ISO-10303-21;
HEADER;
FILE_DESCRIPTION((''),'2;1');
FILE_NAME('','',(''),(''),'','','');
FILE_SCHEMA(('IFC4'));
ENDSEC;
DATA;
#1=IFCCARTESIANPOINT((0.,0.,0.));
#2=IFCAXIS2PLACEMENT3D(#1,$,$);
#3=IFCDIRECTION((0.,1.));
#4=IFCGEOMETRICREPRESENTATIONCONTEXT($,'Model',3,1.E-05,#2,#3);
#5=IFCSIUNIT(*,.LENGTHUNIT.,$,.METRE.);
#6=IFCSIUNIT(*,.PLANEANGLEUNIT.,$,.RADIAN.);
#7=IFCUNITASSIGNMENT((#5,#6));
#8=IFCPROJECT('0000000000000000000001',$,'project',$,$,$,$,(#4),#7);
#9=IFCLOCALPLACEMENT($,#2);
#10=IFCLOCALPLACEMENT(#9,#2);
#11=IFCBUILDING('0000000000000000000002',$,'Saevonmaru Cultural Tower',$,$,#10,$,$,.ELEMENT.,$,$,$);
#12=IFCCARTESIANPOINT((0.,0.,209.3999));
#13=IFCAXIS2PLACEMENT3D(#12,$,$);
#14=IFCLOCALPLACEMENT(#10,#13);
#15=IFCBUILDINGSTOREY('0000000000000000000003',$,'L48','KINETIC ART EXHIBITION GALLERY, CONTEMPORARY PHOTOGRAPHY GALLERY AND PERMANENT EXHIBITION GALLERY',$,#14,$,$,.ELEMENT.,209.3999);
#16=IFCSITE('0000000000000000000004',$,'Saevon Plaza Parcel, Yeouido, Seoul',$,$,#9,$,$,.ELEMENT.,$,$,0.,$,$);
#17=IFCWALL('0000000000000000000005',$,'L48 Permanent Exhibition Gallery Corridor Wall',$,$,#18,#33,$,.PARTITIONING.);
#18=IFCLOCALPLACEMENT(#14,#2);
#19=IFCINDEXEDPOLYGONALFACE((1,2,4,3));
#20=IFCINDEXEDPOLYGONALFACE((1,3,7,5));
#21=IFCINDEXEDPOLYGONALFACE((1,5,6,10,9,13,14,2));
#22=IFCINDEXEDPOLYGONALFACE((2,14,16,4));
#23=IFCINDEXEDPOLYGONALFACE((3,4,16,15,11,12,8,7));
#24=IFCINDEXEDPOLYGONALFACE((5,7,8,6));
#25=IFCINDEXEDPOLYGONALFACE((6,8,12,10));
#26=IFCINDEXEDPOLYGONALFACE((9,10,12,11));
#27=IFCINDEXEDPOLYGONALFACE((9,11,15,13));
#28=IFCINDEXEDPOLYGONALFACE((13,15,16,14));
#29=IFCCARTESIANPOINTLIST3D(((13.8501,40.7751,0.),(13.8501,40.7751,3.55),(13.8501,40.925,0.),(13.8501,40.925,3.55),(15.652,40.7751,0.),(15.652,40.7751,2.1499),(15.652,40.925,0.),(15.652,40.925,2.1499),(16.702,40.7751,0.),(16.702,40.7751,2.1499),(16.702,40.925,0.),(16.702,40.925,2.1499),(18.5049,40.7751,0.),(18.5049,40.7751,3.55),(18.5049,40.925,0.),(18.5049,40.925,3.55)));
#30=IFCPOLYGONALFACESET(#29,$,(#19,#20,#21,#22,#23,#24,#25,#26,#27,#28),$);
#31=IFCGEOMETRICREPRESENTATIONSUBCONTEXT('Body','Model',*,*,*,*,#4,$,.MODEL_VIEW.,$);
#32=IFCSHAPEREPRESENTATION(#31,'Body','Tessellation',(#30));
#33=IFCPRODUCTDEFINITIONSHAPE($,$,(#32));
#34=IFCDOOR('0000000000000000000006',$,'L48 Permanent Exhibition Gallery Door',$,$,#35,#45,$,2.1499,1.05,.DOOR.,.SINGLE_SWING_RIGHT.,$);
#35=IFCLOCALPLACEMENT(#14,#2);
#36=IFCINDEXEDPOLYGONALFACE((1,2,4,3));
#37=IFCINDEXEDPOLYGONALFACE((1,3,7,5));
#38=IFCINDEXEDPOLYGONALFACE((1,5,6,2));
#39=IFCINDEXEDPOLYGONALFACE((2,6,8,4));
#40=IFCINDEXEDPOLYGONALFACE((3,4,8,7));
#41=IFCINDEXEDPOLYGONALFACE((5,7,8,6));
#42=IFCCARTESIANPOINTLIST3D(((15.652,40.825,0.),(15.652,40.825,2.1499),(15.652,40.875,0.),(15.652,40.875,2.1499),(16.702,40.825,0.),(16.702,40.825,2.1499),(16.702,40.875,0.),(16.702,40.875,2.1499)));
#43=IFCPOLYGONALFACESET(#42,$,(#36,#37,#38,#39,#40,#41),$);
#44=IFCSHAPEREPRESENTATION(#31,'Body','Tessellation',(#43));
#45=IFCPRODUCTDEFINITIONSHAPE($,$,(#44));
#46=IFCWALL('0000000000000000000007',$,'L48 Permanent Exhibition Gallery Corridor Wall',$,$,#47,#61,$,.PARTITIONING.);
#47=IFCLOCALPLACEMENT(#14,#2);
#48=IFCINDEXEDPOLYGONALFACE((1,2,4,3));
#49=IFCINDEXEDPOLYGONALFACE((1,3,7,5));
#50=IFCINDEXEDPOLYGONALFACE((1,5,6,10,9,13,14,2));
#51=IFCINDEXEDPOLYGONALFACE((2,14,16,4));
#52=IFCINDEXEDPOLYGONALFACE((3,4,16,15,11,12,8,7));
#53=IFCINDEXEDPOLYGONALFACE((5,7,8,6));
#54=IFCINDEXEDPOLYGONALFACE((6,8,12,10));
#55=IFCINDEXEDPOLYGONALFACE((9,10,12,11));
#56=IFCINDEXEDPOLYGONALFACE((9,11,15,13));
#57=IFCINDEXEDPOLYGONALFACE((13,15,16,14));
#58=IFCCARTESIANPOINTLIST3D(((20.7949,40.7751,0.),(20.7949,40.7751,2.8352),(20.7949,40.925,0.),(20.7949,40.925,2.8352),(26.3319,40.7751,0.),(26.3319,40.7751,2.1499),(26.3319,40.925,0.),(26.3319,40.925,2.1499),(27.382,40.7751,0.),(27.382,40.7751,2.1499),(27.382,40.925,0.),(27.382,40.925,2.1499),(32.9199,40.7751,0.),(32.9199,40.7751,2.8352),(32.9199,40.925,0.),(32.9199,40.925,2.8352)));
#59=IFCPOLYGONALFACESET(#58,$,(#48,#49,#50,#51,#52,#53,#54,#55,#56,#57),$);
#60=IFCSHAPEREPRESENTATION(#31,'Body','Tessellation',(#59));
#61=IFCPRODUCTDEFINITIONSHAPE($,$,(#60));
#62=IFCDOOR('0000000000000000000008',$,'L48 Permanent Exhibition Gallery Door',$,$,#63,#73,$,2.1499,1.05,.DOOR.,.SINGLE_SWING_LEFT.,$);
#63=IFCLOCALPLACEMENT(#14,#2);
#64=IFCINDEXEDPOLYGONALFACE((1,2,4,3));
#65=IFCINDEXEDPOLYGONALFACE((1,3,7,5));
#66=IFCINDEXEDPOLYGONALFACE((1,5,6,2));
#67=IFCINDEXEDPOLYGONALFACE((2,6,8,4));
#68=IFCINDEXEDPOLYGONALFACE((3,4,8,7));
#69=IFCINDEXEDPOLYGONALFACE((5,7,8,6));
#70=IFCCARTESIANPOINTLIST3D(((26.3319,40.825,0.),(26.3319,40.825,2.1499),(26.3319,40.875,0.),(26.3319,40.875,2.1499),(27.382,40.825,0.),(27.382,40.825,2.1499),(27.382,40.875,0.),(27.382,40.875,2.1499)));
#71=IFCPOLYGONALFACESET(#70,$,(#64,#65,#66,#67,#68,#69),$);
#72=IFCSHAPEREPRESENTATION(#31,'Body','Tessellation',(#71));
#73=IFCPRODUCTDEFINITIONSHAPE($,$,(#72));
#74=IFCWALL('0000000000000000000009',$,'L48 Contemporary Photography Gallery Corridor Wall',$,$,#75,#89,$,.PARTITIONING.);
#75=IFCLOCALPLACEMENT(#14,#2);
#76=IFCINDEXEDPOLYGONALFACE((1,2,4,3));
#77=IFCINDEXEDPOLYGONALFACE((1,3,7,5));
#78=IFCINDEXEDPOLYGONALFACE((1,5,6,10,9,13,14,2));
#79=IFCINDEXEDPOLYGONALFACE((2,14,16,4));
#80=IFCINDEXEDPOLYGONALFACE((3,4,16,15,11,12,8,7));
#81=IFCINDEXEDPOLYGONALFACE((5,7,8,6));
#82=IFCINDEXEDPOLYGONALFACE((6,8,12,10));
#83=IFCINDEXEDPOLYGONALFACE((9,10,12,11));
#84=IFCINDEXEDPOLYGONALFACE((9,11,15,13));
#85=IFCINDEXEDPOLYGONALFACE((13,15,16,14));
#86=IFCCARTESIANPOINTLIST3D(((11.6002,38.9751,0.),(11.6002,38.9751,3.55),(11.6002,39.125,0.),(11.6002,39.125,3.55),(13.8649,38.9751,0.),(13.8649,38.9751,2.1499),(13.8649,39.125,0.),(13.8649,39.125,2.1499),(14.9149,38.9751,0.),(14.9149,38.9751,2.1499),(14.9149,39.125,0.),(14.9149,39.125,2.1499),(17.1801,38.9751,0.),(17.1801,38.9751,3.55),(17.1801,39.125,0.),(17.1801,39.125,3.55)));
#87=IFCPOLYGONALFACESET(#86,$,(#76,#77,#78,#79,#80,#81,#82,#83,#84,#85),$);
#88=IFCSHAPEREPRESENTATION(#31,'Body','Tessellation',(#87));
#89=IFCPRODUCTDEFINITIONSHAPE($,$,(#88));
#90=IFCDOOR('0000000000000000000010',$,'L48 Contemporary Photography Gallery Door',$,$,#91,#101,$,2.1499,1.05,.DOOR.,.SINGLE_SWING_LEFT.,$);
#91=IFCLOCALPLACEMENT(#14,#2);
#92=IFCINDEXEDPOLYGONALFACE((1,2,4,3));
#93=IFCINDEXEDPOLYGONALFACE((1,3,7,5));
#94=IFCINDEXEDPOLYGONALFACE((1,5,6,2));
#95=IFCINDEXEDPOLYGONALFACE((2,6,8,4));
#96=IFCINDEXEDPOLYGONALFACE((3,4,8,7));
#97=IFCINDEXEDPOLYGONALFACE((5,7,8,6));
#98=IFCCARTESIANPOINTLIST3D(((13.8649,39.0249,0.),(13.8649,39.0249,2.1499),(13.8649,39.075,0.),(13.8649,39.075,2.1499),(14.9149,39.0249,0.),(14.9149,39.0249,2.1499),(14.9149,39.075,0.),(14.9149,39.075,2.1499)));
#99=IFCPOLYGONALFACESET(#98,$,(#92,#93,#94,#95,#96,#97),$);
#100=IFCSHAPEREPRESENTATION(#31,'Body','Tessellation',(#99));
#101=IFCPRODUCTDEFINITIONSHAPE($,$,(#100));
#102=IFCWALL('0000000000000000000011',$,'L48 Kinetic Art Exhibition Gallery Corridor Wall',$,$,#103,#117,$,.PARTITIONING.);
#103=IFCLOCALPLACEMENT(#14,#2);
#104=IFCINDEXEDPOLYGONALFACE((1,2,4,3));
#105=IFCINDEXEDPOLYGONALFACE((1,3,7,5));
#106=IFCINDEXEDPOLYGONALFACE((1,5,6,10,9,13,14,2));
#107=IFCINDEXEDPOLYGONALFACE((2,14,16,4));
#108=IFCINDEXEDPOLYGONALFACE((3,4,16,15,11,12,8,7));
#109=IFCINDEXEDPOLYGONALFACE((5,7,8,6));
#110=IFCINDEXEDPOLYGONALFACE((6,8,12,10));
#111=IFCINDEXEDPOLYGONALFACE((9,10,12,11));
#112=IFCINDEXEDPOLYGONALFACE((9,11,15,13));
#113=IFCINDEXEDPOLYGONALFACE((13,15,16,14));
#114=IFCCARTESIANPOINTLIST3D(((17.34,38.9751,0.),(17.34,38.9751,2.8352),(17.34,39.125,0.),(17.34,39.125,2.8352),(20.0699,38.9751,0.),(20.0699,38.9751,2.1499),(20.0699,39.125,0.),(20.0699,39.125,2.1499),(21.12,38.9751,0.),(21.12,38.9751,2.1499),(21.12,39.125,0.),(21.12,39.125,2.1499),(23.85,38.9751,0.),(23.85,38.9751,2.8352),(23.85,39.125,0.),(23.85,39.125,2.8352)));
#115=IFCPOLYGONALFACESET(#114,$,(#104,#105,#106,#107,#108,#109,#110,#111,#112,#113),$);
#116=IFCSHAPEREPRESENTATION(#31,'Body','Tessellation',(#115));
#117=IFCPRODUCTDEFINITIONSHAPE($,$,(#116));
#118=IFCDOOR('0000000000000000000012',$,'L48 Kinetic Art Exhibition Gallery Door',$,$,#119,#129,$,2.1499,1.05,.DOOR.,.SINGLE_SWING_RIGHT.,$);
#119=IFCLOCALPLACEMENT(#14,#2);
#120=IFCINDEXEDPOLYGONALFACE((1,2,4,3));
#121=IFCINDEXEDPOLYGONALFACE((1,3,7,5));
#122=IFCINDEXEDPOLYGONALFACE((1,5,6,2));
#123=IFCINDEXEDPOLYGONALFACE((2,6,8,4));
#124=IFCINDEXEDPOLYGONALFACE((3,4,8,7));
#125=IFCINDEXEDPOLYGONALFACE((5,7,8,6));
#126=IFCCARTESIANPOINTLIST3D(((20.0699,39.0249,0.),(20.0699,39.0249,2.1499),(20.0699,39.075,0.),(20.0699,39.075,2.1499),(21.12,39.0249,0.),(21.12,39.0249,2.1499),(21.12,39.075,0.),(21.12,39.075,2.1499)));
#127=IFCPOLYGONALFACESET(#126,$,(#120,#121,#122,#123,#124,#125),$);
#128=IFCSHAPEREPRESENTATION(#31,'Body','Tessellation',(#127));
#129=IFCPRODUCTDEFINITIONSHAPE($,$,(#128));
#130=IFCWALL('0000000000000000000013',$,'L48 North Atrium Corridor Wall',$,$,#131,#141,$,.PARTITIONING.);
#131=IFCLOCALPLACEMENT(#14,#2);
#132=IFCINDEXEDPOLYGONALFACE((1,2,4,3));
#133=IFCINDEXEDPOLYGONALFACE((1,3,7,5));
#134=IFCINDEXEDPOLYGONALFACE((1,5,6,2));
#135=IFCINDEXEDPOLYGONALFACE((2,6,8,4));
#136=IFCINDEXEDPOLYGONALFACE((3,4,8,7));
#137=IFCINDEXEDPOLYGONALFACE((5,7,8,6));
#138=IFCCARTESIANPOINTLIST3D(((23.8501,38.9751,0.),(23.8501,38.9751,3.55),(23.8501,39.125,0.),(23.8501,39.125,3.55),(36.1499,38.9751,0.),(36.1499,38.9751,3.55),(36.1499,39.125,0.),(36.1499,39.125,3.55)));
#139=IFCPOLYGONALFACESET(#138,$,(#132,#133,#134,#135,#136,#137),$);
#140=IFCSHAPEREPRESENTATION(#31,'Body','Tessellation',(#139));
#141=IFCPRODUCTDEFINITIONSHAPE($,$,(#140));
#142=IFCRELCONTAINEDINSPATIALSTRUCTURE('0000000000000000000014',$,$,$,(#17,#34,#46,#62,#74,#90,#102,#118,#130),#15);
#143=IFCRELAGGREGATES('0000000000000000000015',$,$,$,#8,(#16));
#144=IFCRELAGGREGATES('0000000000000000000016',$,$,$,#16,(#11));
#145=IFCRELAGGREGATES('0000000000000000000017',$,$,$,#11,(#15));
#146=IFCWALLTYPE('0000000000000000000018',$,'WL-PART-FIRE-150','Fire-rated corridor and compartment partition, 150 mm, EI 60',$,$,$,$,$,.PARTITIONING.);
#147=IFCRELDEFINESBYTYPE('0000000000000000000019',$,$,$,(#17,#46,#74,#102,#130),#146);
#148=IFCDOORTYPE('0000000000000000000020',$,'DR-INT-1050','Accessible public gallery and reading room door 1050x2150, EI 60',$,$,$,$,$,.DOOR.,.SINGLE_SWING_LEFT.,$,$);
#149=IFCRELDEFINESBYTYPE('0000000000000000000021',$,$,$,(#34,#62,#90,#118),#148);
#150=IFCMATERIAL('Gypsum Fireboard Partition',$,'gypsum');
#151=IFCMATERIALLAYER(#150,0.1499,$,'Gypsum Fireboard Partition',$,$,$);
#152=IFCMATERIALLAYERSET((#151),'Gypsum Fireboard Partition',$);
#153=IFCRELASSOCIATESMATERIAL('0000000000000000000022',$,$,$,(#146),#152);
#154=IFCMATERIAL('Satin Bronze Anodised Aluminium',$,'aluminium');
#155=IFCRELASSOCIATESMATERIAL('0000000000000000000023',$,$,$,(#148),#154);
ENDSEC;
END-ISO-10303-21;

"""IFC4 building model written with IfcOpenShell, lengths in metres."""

from ifc_helpers import new_model, si_unit, direction, frame, frame_2d, origin, place, context, subcontext, project, spatial, rectangle, extrude, material, layer, layer_set, type_object, element, fill, save


model = new_model("IFC4")

# Units and contexts
model_context = context("Model", 3, precision=1e-05, world=origin(), true_north=direction((0.0, 1.0)))
body_context = subcontext(model_context, "Body", "Model", "MODEL_VIEW")
ifc_project = project(units=[si_unit("LENGTHUNIT", "METRE"), si_unit("PLANEANGLEUNIT", "RADIAN")], contexts=[model_context])

# Site, building, storey
site_placement = place(None, origin())
site = spatial("IfcSite", under=ifc_project, at=site_placement, Name="Saevon Plaza Parcel, Yeouido, Seoul", CompositionType="ELEMENT", RefElevation=0.0)
building_placement = place(site_placement, origin())
building = spatial("IfcBuilding", under=site, at=building_placement, Name="Saevonmaru Cultural Tower", CompositionType="ELEMENT")
storey_placement = place(building_placement, frame((0.0, 0.0, 209.3999)))
storey = spatial("IfcBuildingStorey", under=building, at=storey_placement, Name="L48", Description="KINETIC ART EXHIBITION GALLERY, CONTEMPORARY PHOTOGRAPHY GALLERY AND PERMANENT EXHIBITION GALLERY", CompositionType="ELEMENT", Elevation=209.3999)

# Shared definitions
ifc_material_1 = material(Name="Satin Bronze Anodised Aluminium", Category="aluminium")

# Shared definitions
ifc_material_2 = material(Name="Gypsum Fireboard Partition", Category="gypsum")
ifc_layer_1 = layer(ifc_material_2, 0.1499, Name="Gypsum Fireboard Partition")
ifc_layer_set_1 = layer_set([ifc_layer_1], Name="Gypsum Fireboard Partition")
wall_type = type_object("IfcWallType", Name="WL-PART-FIRE-150", Description="Fire-rated corridor and compartment partition, 150 mm, EI 60", PredefinedType="PARTITIONING", material=ifc_layer_set_1)
door_type = type_object("IfcDoorType", Name="DR-INT-1050", Description="Accessible public gallery and reading room door 1050x2150, EI 60", OperationType="SINGLE_SWING_LEFT", PredefinedType="DOOR", material=ifc_material_1)

# Walls, openings, doors
wall_1_placement = place(storey_placement, frame((13.8501, 40.8501, 0.0), z_axis=(0.0, 0.0, 1.0), x_axis=(1.0, 0.0, 0.0)))
wall_1 = element("IfcWall", 1, at=wall_1_placement, inside=storey, type_object=wall_type, Name="L48 Permanent Exhibition Gallery Corridor Wall", PredefinedType="PARTITIONING", context=body_context, shape_type="SweptSolid", body=[
    extrude(rectangle(XDim=4.6548, YDim=0.1499, at=frame_2d((2.3274, 0.0))), origin(), (0.0, 0.0, 1.0), 3.55),
])
opening_1_placement = place(wall_1_placement, frame((1.802, 0.0, 0.0)))
opening_1 = element("IfcOpeningElement", 2, at=opening_1_placement, cuts=wall_1, PredefinedType="OPENING", context=body_context, shape_type="SweptSolid", body=[
    extrude(rectangle(XDim=1.05, YDim=2.1499, at=frame_2d((0.5249, 1.075))), frame((0.0, 0.085, 0.0), z_axis=(0.0, -1.0, 0.0), x_axis=(1.0, 0.0, 0.0)), (0.0, 0.0, 1.0), 0.1699),
])
door_1_placement = place(opening_1_placement, origin())
door_1 = element("IfcDoor", 3, at=door_1_placement, inside=storey, type_object=door_type, Name="L48 Permanent Exhibition Gallery Door", OperationType="SINGLE_SWING_RIGHT", OverallHeight=2.1499, OverallWidth=1.05, PredefinedType="DOOR", context=body_context, shape_type="SweptSolid", body=[
    extrude(rectangle(XDim=1.05, YDim=2.1499, at=frame_2d((0.5249, 1.075))), frame((0.0, 0.0249, 0.0), z_axis=(0.0, -1.0, 0.0), x_axis=(1.0, 0.0, 0.0)), (0.0, 0.0, 1.0), 0.05),
])
fill(opening_1, door_1)
wall_2_placement = place(storey_placement, frame((20.7949, 40.8501, 0.0), z_axis=(0.0, 0.0, 1.0), x_axis=(1.0, 0.0, 0.0)))
wall_2 = element("IfcWall", 4, at=wall_2_placement, inside=storey, type_object=wall_type, Name="L48 Permanent Exhibition Gallery Corridor Wall", PredefinedType="PARTITIONING", context=body_context, shape_type="SweptSolid", body=[
    extrude(rectangle(XDim=12.125, YDim=0.1499, at=frame_2d((6.0625, 0.0))), origin(), (0.0, 0.0, 1.0), 2.8352),
])
opening_2_placement = place(wall_2_placement, frame((5.5371, 0.0, 0.0)))
opening_2 = element("IfcOpeningElement", 5, at=opening_2_placement, cuts=wall_2, PredefinedType="OPENING", context=body_context, shape_type="SweptSolid", body=[
    extrude(rectangle(XDim=1.05, YDim=2.1499, at=frame_2d((0.5249, 1.075))), frame((0.0, 0.085, 0.0), z_axis=(0.0, -1.0, 0.0), x_axis=(1.0, 0.0, 0.0)), (0.0, 0.0, 1.0), 0.1699),
])
door_2_placement = place(opening_2_placement, origin())
door_2 = element("IfcDoor", 6, at=door_2_placement, inside=storey, type_object=door_type, Name="L48 Permanent Exhibition Gallery Door", OperationType="SINGLE_SWING_LEFT", OverallHeight=2.1499, OverallWidth=1.05, PredefinedType="DOOR", context=body_context, shape_type="SweptSolid", body=[
    extrude(rectangle(XDim=1.05, YDim=2.1499, at=frame_2d((0.5249, 1.075))), frame((0.0, 0.0249, 0.0), z_axis=(0.0, -1.0, 0.0), x_axis=(1.0, 0.0, 0.0)), (0.0, 0.0, 1.0), 0.05),
])
fill(opening_2, door_2)
wall_3_placement = place(storey_placement, frame((11.6001, 39.05, 0.0), z_axis=(0.0, 0.0, 1.0), x_axis=(1.0, 0.0, 0.0)))
wall_3 = element("IfcWall", 7, at=wall_3_placement, inside=storey, type_object=wall_type, Name="L48 Contemporary Photography Gallery Corridor Wall", PredefinedType="PARTITIONING", context=body_context, shape_type="SweptSolid", body=[
    extrude(rectangle(XDim=5.5798, YDim=0.1499, at=frame_2d((2.79, 0.0))), origin(), (0.0, 0.0, 1.0), 3.55),
])
opening_3_placement = place(wall_3_placement, frame((2.2649, 0.0, 0.0)))
opening_3 = element("IfcOpeningElement", 8, at=opening_3_placement, cuts=wall_3, PredefinedType="OPENING", context=body_context, shape_type="SweptSolid", body=[
    extrude(rectangle(XDim=1.05, YDim=2.1499, at=frame_2d((0.5249, 1.075))), frame((0.0, 0.085, 0.0), z_axis=(0.0, -1.0, 0.0), x_axis=(1.0, 0.0, 0.0)), (0.0, 0.0, 1.0), 0.1699),
])
door_3_placement = place(opening_3_placement, origin())
door_3 = element("IfcDoor", 9, at=door_3_placement, inside=storey, type_object=door_type, Name="L48 Contemporary Photography Gallery Door", OperationType="SINGLE_SWING_LEFT", OverallHeight=2.1499, OverallWidth=1.05, PredefinedType="DOOR", context=body_context, shape_type="SweptSolid", body=[
    extrude(rectangle(XDim=1.05, YDim=2.1499, at=frame_2d((0.5249, 1.075))), frame((0.0, 0.0249, 0.0), z_axis=(0.0, -1.0, 0.0), x_axis=(1.0, 0.0, 0.0)), (0.0, 0.0, 1.0), 0.05),
])
fill(opening_3, door_3)
wall_4_placement = place(storey_placement, frame((17.3401, 39.05, 0.0), z_axis=(0.0, 0.0, 1.0), x_axis=(1.0, 0.0, 0.0)))
wall_4 = element("IfcWall", 10, at=wall_4_placement, inside=storey, type_object=wall_type, Name="L48 Kinetic Art Exhibition Gallery Corridor Wall", PredefinedType="PARTITIONING", context=body_context, shape_type="SweptSolid", body=[
    extrude(rectangle(XDim=6.51, YDim=0.1499, at=frame_2d((3.2549, 0.0))), origin(), (0.0, 0.0, 1.0), 2.8352),
])
opening_4_placement = place(wall_4_placement, frame((2.73, 0.0, 0.0)))
opening_4 = element("IfcOpeningElement", 11, at=opening_4_placement, cuts=wall_4, PredefinedType="OPENING", context=body_context, shape_type="SweptSolid", body=[
    extrude(rectangle(XDim=1.05, YDim=2.1499, at=frame_2d((0.5249, 1.075))), frame((0.0, 0.085, 0.0), z_axis=(0.0, -1.0, 0.0), x_axis=(1.0, 0.0, 0.0)), (0.0, 0.0, 1.0), 0.1699),
])
door_4_placement = place(opening_4_placement, origin())
door_4 = element("IfcDoor", 12, at=door_4_placement, inside=storey, type_object=door_type, Name="L48 Kinetic Art Exhibition Gallery Door", OperationType="SINGLE_SWING_RIGHT", OverallHeight=2.1499, OverallWidth=1.05, PredefinedType="DOOR", context=body_context, shape_type="SweptSolid", body=[
    extrude(rectangle(XDim=1.05, YDim=2.1499, at=frame_2d((0.5249, 1.075))), frame((0.0, 0.0249, 0.0), z_axis=(0.0, -1.0, 0.0), x_axis=(1.0, 0.0, 0.0)), (0.0, 0.0, 1.0), 0.05),
])
fill(opening_4, door_4)

# Wall
wall_5_placement = place(storey_placement, frame((23.8501, 39.05, 0.0), z_axis=(0.0, 0.0, 1.0), x_axis=(1.0, 0.0, 0.0)))
element("IfcWall", 13, at=wall_5_placement, inside=storey, type_object=wall_type, Name="L48 North Atrium Corridor Wall", PredefinedType="PARTITIONING", context=body_context, shape_type="SweptSolid", body=[
    extrude(rectangle(XDim=12.2998, YDim=0.1499, at=frame_2d((6.1499, 0.0))), origin(), (0.0, 0.0, 1.0), 3.55),
])

save(model, "model.ifc")
